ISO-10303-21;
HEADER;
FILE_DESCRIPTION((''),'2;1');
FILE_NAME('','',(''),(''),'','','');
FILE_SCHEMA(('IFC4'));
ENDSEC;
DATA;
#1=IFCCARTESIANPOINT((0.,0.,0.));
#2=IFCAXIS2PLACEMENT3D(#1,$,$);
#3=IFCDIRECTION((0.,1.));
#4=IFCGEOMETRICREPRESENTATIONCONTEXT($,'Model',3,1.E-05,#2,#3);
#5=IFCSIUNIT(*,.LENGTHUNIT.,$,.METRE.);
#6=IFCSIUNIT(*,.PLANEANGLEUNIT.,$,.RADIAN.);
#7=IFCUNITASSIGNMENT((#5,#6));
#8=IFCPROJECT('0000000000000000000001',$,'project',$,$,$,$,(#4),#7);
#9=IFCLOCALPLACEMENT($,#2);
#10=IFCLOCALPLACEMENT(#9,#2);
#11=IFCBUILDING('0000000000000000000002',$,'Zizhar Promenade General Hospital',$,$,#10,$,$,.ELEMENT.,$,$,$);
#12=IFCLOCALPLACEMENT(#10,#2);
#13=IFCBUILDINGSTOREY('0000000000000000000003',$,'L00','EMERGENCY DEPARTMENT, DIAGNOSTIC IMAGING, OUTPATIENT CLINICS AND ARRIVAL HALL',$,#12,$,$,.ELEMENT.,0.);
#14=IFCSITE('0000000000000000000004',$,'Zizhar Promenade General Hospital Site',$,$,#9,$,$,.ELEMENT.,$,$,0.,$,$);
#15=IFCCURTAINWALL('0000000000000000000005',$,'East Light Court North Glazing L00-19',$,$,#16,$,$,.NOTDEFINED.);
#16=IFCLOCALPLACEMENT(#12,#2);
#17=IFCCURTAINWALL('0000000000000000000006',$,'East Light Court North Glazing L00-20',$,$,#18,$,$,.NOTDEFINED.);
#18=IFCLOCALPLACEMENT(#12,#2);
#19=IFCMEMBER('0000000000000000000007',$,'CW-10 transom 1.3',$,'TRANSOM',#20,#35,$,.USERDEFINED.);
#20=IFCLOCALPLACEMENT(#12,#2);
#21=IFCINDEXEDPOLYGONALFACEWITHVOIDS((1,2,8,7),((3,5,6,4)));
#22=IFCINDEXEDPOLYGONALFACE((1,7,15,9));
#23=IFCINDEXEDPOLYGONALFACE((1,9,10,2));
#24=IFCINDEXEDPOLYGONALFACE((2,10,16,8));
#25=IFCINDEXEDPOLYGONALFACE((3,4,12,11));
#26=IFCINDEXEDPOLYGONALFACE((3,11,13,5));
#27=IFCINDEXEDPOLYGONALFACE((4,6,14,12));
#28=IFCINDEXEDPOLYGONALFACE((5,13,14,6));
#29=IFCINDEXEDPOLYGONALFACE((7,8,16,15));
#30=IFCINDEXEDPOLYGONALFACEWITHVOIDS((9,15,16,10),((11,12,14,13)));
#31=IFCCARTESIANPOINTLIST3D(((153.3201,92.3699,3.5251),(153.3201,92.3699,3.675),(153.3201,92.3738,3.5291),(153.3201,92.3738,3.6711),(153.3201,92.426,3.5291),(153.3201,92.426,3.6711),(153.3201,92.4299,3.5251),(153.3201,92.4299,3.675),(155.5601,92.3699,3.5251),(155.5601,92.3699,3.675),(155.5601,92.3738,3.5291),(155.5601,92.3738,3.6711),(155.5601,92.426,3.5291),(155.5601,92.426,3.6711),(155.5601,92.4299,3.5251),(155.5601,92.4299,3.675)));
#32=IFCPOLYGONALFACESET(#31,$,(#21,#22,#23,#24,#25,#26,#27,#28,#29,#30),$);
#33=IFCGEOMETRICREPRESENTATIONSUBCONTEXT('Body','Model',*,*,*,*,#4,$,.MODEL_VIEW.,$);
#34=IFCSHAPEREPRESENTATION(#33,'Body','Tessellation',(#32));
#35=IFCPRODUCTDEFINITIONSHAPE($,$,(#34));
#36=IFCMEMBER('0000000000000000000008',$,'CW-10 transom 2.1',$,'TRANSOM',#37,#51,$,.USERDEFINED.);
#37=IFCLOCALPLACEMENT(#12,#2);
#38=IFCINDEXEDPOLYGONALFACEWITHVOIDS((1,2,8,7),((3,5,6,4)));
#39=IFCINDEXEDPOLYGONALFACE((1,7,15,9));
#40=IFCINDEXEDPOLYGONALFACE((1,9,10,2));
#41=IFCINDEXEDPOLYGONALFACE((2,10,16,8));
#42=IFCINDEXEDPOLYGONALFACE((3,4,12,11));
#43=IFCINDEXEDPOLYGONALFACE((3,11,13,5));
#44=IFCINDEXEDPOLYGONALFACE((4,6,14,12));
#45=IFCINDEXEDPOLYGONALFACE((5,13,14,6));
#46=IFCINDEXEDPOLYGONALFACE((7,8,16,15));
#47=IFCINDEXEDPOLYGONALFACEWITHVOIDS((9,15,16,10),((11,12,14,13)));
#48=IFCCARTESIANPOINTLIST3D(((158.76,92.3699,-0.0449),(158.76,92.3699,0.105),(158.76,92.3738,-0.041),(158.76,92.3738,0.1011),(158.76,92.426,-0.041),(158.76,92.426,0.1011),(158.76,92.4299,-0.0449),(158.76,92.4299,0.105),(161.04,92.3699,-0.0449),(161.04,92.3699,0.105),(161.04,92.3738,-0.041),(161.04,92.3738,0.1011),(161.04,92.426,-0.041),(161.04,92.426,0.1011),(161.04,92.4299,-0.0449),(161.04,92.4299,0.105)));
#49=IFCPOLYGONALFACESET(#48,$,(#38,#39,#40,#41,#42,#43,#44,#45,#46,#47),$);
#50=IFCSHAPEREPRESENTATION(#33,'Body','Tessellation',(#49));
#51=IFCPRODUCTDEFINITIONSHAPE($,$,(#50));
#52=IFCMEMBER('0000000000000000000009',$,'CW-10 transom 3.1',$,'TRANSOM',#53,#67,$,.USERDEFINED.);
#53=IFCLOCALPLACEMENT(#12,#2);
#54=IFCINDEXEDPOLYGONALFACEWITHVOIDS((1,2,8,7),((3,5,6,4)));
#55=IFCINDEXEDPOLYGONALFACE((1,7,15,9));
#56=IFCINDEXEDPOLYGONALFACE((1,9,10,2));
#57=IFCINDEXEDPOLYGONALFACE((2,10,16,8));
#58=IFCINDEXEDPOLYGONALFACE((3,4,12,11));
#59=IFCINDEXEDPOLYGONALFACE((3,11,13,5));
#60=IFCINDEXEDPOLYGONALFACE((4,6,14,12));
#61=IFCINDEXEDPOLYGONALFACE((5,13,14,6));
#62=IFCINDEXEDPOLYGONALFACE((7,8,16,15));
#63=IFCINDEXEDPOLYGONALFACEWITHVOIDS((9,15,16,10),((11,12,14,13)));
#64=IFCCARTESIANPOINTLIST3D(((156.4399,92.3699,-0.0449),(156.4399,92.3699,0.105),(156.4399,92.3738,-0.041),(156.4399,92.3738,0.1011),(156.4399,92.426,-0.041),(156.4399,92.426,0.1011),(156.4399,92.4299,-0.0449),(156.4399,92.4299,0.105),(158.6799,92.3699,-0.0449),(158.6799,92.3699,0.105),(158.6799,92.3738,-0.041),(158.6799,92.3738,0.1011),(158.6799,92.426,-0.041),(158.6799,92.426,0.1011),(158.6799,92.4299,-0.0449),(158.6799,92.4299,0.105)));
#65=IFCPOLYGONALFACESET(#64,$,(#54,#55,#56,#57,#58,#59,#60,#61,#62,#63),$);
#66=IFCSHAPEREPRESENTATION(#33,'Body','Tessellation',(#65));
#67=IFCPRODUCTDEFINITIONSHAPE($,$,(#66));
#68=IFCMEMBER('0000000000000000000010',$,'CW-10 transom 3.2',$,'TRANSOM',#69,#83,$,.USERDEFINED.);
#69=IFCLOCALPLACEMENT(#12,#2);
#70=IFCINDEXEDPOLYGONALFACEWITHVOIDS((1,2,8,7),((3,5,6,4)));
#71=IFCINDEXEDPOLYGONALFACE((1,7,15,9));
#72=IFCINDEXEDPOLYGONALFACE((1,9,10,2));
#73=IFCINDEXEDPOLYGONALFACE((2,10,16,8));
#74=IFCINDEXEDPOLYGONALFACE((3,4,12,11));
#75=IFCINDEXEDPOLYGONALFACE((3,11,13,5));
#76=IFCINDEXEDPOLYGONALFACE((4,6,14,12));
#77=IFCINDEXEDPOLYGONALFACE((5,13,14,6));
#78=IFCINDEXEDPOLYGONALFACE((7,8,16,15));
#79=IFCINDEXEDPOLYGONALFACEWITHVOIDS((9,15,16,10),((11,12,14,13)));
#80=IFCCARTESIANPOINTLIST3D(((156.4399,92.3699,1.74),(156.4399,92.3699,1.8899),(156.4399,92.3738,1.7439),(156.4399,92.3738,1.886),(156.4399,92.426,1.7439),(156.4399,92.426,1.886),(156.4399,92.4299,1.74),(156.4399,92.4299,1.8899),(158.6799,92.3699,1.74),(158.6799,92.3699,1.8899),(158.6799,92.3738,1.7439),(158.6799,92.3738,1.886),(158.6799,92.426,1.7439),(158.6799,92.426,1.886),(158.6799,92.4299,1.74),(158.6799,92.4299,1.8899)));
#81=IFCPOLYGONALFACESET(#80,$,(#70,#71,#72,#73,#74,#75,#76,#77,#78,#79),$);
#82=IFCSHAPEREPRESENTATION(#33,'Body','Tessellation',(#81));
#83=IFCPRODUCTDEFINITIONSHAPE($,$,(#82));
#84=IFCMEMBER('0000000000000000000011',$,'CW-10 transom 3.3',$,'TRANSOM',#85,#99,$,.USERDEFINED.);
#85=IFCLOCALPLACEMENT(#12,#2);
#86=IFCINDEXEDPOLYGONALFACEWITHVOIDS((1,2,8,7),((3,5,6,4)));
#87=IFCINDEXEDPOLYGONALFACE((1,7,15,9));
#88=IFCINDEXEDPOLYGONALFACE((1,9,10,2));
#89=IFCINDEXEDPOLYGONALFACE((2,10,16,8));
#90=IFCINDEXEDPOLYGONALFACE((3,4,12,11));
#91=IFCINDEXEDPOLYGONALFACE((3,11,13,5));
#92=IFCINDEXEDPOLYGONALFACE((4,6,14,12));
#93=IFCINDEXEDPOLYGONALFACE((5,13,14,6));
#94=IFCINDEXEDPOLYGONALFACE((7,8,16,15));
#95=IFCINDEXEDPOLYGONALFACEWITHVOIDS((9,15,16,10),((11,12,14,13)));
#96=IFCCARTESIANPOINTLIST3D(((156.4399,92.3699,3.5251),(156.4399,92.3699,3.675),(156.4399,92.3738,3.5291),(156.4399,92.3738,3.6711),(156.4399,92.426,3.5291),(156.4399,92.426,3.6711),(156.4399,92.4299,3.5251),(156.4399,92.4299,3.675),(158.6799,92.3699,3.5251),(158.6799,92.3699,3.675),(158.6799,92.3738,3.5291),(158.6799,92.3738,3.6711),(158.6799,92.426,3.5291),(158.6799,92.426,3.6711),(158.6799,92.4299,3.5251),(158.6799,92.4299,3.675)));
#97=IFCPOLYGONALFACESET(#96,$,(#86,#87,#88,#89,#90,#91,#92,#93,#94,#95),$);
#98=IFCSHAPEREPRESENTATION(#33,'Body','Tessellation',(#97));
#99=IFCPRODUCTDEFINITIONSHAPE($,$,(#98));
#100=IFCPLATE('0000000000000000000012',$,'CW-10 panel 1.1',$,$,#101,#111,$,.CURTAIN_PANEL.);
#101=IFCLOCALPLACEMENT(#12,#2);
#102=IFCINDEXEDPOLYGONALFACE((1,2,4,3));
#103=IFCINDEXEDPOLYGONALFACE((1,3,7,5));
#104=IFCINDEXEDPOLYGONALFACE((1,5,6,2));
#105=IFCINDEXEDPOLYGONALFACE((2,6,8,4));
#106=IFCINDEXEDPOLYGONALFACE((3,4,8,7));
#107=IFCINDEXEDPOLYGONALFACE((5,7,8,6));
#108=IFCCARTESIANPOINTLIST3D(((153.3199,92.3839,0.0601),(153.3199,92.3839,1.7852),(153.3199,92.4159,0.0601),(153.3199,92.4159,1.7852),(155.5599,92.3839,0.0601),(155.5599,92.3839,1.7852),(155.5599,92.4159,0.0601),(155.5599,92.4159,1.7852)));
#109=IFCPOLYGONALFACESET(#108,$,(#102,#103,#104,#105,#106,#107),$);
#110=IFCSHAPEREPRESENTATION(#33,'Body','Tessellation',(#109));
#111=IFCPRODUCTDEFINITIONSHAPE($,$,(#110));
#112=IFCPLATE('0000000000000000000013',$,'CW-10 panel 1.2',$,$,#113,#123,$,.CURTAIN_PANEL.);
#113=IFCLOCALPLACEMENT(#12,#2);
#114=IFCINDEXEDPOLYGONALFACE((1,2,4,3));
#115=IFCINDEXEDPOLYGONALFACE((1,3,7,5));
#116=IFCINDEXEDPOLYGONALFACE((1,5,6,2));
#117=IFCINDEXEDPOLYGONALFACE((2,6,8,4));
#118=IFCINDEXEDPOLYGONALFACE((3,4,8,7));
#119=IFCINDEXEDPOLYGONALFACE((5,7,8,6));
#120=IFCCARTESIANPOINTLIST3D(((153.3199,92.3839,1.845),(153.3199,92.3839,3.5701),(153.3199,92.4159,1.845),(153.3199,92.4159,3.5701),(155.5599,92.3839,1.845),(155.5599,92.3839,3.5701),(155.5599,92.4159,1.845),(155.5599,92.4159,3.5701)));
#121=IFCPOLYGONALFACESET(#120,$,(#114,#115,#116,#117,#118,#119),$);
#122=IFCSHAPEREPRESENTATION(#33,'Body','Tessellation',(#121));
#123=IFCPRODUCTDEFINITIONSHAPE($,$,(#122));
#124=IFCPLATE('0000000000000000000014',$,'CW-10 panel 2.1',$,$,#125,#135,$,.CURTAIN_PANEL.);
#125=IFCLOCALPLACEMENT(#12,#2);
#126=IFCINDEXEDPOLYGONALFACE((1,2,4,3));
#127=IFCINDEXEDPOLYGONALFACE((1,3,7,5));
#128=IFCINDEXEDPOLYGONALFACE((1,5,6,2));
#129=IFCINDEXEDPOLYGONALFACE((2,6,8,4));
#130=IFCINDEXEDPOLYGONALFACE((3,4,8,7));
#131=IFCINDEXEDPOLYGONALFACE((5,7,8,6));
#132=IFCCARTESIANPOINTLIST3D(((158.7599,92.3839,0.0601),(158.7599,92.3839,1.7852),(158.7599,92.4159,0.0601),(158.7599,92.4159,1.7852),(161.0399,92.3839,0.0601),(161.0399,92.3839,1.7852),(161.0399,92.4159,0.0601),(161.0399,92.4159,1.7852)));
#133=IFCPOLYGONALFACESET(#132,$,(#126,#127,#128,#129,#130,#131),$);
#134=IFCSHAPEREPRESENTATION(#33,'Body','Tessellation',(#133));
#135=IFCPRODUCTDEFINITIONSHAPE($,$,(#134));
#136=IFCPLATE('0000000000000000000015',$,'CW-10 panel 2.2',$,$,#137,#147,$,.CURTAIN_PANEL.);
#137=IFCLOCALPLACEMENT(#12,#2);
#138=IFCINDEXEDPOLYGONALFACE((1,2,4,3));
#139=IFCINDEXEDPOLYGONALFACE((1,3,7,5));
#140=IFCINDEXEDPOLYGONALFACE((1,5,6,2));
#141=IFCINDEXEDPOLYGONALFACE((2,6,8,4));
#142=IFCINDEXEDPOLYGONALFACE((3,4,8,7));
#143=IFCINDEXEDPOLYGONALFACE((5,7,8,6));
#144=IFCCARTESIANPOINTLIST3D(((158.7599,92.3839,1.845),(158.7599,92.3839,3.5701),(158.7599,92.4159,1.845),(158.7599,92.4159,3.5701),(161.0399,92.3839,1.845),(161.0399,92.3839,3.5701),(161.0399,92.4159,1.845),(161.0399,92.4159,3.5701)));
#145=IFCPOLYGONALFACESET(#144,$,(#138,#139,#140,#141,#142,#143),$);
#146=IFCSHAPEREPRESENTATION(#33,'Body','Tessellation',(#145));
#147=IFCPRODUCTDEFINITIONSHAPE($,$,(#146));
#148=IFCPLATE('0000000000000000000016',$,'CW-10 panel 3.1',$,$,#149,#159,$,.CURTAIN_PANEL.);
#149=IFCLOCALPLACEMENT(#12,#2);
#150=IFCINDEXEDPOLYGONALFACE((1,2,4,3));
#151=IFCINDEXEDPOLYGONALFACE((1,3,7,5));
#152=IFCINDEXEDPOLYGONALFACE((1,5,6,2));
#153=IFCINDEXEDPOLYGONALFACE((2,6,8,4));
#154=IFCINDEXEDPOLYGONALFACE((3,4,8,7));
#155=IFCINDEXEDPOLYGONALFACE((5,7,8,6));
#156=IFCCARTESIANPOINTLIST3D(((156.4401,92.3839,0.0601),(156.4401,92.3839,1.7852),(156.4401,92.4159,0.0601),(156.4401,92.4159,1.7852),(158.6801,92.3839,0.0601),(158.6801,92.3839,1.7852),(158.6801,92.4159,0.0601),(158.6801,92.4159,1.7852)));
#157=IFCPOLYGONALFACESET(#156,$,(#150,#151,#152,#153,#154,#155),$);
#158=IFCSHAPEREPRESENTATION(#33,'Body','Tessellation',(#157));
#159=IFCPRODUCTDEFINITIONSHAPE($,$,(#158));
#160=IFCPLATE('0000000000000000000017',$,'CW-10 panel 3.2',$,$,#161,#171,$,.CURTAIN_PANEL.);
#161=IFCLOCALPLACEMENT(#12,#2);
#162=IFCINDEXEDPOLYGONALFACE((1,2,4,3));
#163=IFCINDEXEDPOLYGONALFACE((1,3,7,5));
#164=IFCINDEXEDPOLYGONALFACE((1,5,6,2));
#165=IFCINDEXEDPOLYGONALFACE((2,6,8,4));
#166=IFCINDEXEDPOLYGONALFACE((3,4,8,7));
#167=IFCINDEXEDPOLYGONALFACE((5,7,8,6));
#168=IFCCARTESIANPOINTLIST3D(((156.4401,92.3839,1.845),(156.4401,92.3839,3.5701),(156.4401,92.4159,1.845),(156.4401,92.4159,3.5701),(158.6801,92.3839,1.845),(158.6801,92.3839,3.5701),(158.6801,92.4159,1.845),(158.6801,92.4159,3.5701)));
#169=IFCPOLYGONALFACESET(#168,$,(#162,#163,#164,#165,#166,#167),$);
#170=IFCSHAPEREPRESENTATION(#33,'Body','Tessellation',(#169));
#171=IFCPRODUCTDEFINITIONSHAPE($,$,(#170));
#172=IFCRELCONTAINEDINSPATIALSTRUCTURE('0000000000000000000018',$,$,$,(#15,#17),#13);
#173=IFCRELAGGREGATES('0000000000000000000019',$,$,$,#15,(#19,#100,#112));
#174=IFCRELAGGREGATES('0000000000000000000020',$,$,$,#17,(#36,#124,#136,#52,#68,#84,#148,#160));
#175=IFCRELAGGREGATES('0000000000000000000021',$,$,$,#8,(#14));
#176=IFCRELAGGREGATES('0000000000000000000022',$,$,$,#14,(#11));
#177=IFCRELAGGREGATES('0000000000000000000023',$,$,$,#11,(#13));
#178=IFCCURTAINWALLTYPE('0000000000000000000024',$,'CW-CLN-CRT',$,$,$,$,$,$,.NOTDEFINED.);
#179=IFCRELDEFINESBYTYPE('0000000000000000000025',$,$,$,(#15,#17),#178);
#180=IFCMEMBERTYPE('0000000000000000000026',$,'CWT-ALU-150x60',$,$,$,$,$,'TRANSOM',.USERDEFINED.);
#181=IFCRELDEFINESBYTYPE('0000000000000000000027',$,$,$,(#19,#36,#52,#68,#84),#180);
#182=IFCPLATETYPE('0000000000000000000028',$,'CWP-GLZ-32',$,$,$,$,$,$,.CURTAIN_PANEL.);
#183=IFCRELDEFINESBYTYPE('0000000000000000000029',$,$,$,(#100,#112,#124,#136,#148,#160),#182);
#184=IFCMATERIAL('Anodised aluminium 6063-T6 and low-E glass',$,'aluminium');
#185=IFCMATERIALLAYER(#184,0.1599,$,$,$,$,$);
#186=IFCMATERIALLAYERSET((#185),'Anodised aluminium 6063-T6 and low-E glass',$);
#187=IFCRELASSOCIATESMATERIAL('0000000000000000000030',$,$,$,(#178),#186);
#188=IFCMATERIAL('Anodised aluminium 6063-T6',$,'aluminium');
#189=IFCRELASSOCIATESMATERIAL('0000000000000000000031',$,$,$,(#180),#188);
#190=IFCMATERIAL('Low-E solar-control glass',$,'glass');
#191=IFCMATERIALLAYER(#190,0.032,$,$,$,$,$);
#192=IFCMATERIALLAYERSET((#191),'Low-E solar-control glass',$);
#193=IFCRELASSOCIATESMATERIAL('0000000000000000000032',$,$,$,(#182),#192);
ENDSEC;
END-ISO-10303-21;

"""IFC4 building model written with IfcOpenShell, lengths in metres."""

from ifc_helpers import new_model, si_unit, direction, frame, origin, origin_2d, place, context, subcontext, project, spatial, rectangle, hollow_rectangle, extrude, material, layer, layer_set, material_profile, profile_set, type_object, element, aggregate, save


model = new_model("IFC4")

# Units and contexts
model_context = context("Model", 3, precision=1e-05, world=origin(), true_north=direction((0.0, 1.0)))
body_context = subcontext(model_context, "Body", "Model", "MODEL_VIEW")
ifc_project = project(units=[si_unit("LENGTHUNIT", "METRE"), si_unit("PLANEANGLEUNIT", "RADIAN")], contexts=[model_context])

# Site, building, storey
site_placement = place(None, origin())
site = spatial("IfcSite", under=ifc_project, at=site_placement, Name="Zizhar Promenade General Hospital Site", CompositionType="ELEMENT", RefElevation=0.0)
building_placement = place(site_placement, origin())
building = spatial("IfcBuilding", under=site, at=building_placement, Name="Zizhar Promenade General Hospital", CompositionType="ELEMENT")
storey_placement = place(building_placement, origin())
storey = spatial("IfcBuildingStorey", under=building, at=storey_placement, Name="L00", Description="EMERGENCY DEPARTMENT, DIAGNOSTIC IMAGING, OUTPATIENT CLINICS AND ARRIVAL HALL", CompositionType="ELEMENT", Elevation=0.0)

# Curtain wall
ifc_material_1 = material(Name="Anodised aluminium 6063-T6 and low-E glass", Category="aluminium")
ifc_layer_1 = layer(ifc_material_1, 0.1599)
ifc_layer_set_1 = layer_set([ifc_layer_1], Name="Anodised aluminium 6063-T6 and low-E glass")
curtain_wall_type = type_object("IfcCurtainWallType", Name="CW-CLN-CRT", PredefinedType="NOTDEFINED", material=ifc_layer_set_1)
curtain_wall_1_placement = place(storey_placement, origin())
curtain_wall_1 = element("IfcCurtainWall", 1, at=curtain_wall_1_placement, inside=storey, type_object=curtain_wall_type, Name="East Light Court North Glazing L00-19", PredefinedType="NOTDEFINED")

# Curtain wall
curtain_wall_2_placement = place(storey_placement, origin())
curtain_wall_2 = element("IfcCurtainWall", 2, at=curtain_wall_2_placement, inside=storey, type_object=curtain_wall_type, Name="East Light Court North Glazing L00-20", PredefinedType="NOTDEFINED")

# Members
ifc_material_2 = material(Name="Anodised aluminium 6063-T6", Category="aluminium")
ifc_material_profile_1 = material_profile(ifc_material_2, hollow_rectangle(XDim=0.0601, YDim=0.1499, WallThickness=0.0039, at=origin_2d()))
ifc_profile_set_1 = profile_set([ifc_material_profile_1], Name="Anodised aluminium 6063-T6")
member_type_1 = type_object("IfcMemberType", Name="CWT-ALU-150x60", ElementType="TRANSOM", PredefinedType="USERDEFINED", material=ifc_profile_set_1)
member_1_placement = place(storey_placement, frame((155.5601, 92.3999, 3.6001), z_axis=(-1.0, 0.0, 0.0), x_axis=(0.0, -1.0, 0.0)))
member_1 = element("IfcMember", 3, at=member_1_placement, type_object=member_type_1, Name="CW-10 transom 1.3", ObjectType="TRANSOM", PredefinedType="USERDEFINED", context=body_context, shape_type="SweptSolid", body=[
    extrude(hollow_rectangle(XDim=0.0601, YDim=0.1499, WallThickness=0.0039, at=origin_2d()), origin(), (0.0, 0.0, 1.0), 2.24),
])
member_2_placement = place(storey_placement, frame((161.04, 92.3999, 0.03), z_axis=(-1.0, 0.0, 0.0), x_axis=(0.0, -1.0, 0.0)))
member_2 = element("IfcMember", 4, at=member_2_placement, type_object=member_type_1, Name="CW-10 transom 2.1", ObjectType="TRANSOM", PredefinedType="USERDEFINED", context=body_context, shape_type="SweptSolid", body=[
    extrude(hollow_rectangle(XDim=0.0601, YDim=0.1499, WallThickness=0.0039, at=origin_2d()), origin(), (0.0, 0.0, 1.0), 2.28),
])
member_3_placement = place(storey_placement, frame((158.6799, 92.3999, 0.03), z_axis=(-1.0, 0.0, 0.0), x_axis=(0.0, -1.0, 0.0)))
member_3 = element("IfcMember", 5, at=member_3_placement, type_object=member_type_1, Name="CW-10 transom 3.1", ObjectType="TRANSOM", PredefinedType="USERDEFINED", context=body_context, shape_type="SweptSolid", body=[
    extrude(hollow_rectangle(XDim=0.0601, YDim=0.1499, WallThickness=0.0039, at=origin_2d()), origin(), (0.0, 0.0, 1.0), 2.24),
])
member_4_placement = place(storey_placement, frame((158.6799, 92.3999, 1.8149), z_axis=(-1.0, 0.0, 0.0), x_axis=(0.0, -1.0, 0.0)))
member_4 = element("IfcMember", 6, at=member_4_placement, type_object=member_type_1, Name="CW-10 transom 3.2", ObjectType="TRANSOM", PredefinedType="USERDEFINED", context=body_context, shape_type="SweptSolid", body=[
    extrude(hollow_rectangle(XDim=0.0601, YDim=0.1499, WallThickness=0.0039, at=origin_2d()), origin(), (0.0, 0.0, 1.0), 2.24),
])
member_5_placement = place(storey_placement, frame((158.6799, 92.3999, 3.6001), z_axis=(-1.0, 0.0, 0.0), x_axis=(0.0, -1.0, 0.0)))
member_5 = element("IfcMember", 7, at=member_5_placement, type_object=member_type_1, Name="CW-10 transom 3.3", ObjectType="TRANSOM", PredefinedType="USERDEFINED", context=body_context, shape_type="SweptSolid", body=[
    extrude(hollow_rectangle(XDim=0.0601, YDim=0.1499, WallThickness=0.0039, at=origin_2d()), origin(), (0.0, 0.0, 1.0), 2.24),
])

# Plates
ifc_material_3 = material(Name="Low-E solar-control glass", Category="glass")
ifc_layer_2 = layer(ifc_material_3, 0.032)
ifc_layer_set_2 = layer_set([ifc_layer_2], Name="Low-E solar-control glass")
plate_type = type_object("IfcPlateType", Name="CWP-GLZ-32", PredefinedType="CURTAIN_PANEL", material=ifc_layer_set_2)
plate_1_placement = place(storey_placement, frame((154.4399, 92.3999, 0.0601), z_axis=(0.0, 0.0, 1.0), x_axis=(-1.0, 0.0, 0.0)))
plate_1 = element("IfcPlate", 8, at=plate_1_placement, type_object=plate_type, Name="CW-10 panel 1.1", PredefinedType="CURTAIN_PANEL", context=body_context, shape_type="SweptSolid", body=[
    extrude(rectangle(XDim=2.24, YDim=0.032, at=origin_2d()), origin(), (0.0, 0.0, 1.0), 1.7251),
])
plate_2_placement = place(storey_placement, frame((154.4399, 92.3999, 1.845), z_axis=(0.0, 0.0, 1.0), x_axis=(-1.0, 0.0, 0.0)))
plate_2 = element("IfcPlate", 9, at=plate_2_placement, type_object=plate_type, Name="CW-10 panel 1.2", PredefinedType="CURTAIN_PANEL", context=body_context, shape_type="SweptSolid", body=[
    extrude(rectangle(XDim=2.24, YDim=0.032, at=origin_2d()), origin(), (0.0, 0.0, 1.0), 1.7251),
])
aggregate(curtain_wall_1, [member_1, plate_1, plate_2])
plate_3_placement = place(storey_placement, frame((159.8999, 92.3999, 0.0601), z_axis=(0.0, 0.0, 1.0), x_axis=(-1.0, 0.0, 0.0)))
plate_3 = element("IfcPlate", 10, at=plate_3_placement, type_object=plate_type, Name="CW-10 panel 2.1", PredefinedType="CURTAIN_PANEL", context=body_context, shape_type="SweptSolid", body=[
    extrude(rectangle(XDim=2.28, YDim=0.032, at=origin_2d()), origin(), (0.0, 0.0, 1.0), 1.7251),
])
plate_4_placement = place(storey_placement, frame((159.8999, 92.3999, 1.845), z_axis=(0.0, 0.0, 1.0), x_axis=(-1.0, 0.0, 0.0)))
plate_4 = element("IfcPlate", 11, at=plate_4_placement, type_object=plate_type, Name="CW-10 panel 2.2", PredefinedType="CURTAIN_PANEL", context=body_context, shape_type="SweptSolid", body=[
    extrude(rectangle(XDim=2.28, YDim=0.032, at=origin_2d()), origin(), (0.0, 0.0, 1.0), 1.7251),
])
plate_5_placement = place(storey_placement, frame((157.5601, 92.3999, 0.0601), z_axis=(0.0, 0.0, 1.0), x_axis=(-1.0, 0.0, 0.0)))
plate_5 = element("IfcPlate", 12, at=plate_5_placement, type_object=plate_type, Name="CW-10 panel 3.1", PredefinedType="CURTAIN_PANEL", context=body_context, shape_type="SweptSolid", body=[
    extrude(rectangle(XDim=2.24, YDim=0.032, at=origin_2d()), origin(), (0.0, 0.0, 1.0), 1.7251),
])
plate_6_placement = place(storey_placement, frame((157.5601, 92.3999, 1.845), z_axis=(0.0, 0.0, 1.0), x_axis=(-1.0, 0.0, 0.0)))
plate_6 = element("IfcPlate", 13, at=plate_6_placement, type_object=plate_type, Name="CW-10 panel 3.2", PredefinedType="CURTAIN_PANEL", context=body_context, shape_type="SweptSolid", body=[
    extrude(rectangle(XDim=2.24, YDim=0.032, at=origin_2d()), origin(), (0.0, 0.0, 1.0), 1.7251),
])
aggregate(curtain_wall_2, [member_2, plate_3, plate_4, member_3, member_4, member_5, plate_5, plate_6])

save(model, "model.ifc")
